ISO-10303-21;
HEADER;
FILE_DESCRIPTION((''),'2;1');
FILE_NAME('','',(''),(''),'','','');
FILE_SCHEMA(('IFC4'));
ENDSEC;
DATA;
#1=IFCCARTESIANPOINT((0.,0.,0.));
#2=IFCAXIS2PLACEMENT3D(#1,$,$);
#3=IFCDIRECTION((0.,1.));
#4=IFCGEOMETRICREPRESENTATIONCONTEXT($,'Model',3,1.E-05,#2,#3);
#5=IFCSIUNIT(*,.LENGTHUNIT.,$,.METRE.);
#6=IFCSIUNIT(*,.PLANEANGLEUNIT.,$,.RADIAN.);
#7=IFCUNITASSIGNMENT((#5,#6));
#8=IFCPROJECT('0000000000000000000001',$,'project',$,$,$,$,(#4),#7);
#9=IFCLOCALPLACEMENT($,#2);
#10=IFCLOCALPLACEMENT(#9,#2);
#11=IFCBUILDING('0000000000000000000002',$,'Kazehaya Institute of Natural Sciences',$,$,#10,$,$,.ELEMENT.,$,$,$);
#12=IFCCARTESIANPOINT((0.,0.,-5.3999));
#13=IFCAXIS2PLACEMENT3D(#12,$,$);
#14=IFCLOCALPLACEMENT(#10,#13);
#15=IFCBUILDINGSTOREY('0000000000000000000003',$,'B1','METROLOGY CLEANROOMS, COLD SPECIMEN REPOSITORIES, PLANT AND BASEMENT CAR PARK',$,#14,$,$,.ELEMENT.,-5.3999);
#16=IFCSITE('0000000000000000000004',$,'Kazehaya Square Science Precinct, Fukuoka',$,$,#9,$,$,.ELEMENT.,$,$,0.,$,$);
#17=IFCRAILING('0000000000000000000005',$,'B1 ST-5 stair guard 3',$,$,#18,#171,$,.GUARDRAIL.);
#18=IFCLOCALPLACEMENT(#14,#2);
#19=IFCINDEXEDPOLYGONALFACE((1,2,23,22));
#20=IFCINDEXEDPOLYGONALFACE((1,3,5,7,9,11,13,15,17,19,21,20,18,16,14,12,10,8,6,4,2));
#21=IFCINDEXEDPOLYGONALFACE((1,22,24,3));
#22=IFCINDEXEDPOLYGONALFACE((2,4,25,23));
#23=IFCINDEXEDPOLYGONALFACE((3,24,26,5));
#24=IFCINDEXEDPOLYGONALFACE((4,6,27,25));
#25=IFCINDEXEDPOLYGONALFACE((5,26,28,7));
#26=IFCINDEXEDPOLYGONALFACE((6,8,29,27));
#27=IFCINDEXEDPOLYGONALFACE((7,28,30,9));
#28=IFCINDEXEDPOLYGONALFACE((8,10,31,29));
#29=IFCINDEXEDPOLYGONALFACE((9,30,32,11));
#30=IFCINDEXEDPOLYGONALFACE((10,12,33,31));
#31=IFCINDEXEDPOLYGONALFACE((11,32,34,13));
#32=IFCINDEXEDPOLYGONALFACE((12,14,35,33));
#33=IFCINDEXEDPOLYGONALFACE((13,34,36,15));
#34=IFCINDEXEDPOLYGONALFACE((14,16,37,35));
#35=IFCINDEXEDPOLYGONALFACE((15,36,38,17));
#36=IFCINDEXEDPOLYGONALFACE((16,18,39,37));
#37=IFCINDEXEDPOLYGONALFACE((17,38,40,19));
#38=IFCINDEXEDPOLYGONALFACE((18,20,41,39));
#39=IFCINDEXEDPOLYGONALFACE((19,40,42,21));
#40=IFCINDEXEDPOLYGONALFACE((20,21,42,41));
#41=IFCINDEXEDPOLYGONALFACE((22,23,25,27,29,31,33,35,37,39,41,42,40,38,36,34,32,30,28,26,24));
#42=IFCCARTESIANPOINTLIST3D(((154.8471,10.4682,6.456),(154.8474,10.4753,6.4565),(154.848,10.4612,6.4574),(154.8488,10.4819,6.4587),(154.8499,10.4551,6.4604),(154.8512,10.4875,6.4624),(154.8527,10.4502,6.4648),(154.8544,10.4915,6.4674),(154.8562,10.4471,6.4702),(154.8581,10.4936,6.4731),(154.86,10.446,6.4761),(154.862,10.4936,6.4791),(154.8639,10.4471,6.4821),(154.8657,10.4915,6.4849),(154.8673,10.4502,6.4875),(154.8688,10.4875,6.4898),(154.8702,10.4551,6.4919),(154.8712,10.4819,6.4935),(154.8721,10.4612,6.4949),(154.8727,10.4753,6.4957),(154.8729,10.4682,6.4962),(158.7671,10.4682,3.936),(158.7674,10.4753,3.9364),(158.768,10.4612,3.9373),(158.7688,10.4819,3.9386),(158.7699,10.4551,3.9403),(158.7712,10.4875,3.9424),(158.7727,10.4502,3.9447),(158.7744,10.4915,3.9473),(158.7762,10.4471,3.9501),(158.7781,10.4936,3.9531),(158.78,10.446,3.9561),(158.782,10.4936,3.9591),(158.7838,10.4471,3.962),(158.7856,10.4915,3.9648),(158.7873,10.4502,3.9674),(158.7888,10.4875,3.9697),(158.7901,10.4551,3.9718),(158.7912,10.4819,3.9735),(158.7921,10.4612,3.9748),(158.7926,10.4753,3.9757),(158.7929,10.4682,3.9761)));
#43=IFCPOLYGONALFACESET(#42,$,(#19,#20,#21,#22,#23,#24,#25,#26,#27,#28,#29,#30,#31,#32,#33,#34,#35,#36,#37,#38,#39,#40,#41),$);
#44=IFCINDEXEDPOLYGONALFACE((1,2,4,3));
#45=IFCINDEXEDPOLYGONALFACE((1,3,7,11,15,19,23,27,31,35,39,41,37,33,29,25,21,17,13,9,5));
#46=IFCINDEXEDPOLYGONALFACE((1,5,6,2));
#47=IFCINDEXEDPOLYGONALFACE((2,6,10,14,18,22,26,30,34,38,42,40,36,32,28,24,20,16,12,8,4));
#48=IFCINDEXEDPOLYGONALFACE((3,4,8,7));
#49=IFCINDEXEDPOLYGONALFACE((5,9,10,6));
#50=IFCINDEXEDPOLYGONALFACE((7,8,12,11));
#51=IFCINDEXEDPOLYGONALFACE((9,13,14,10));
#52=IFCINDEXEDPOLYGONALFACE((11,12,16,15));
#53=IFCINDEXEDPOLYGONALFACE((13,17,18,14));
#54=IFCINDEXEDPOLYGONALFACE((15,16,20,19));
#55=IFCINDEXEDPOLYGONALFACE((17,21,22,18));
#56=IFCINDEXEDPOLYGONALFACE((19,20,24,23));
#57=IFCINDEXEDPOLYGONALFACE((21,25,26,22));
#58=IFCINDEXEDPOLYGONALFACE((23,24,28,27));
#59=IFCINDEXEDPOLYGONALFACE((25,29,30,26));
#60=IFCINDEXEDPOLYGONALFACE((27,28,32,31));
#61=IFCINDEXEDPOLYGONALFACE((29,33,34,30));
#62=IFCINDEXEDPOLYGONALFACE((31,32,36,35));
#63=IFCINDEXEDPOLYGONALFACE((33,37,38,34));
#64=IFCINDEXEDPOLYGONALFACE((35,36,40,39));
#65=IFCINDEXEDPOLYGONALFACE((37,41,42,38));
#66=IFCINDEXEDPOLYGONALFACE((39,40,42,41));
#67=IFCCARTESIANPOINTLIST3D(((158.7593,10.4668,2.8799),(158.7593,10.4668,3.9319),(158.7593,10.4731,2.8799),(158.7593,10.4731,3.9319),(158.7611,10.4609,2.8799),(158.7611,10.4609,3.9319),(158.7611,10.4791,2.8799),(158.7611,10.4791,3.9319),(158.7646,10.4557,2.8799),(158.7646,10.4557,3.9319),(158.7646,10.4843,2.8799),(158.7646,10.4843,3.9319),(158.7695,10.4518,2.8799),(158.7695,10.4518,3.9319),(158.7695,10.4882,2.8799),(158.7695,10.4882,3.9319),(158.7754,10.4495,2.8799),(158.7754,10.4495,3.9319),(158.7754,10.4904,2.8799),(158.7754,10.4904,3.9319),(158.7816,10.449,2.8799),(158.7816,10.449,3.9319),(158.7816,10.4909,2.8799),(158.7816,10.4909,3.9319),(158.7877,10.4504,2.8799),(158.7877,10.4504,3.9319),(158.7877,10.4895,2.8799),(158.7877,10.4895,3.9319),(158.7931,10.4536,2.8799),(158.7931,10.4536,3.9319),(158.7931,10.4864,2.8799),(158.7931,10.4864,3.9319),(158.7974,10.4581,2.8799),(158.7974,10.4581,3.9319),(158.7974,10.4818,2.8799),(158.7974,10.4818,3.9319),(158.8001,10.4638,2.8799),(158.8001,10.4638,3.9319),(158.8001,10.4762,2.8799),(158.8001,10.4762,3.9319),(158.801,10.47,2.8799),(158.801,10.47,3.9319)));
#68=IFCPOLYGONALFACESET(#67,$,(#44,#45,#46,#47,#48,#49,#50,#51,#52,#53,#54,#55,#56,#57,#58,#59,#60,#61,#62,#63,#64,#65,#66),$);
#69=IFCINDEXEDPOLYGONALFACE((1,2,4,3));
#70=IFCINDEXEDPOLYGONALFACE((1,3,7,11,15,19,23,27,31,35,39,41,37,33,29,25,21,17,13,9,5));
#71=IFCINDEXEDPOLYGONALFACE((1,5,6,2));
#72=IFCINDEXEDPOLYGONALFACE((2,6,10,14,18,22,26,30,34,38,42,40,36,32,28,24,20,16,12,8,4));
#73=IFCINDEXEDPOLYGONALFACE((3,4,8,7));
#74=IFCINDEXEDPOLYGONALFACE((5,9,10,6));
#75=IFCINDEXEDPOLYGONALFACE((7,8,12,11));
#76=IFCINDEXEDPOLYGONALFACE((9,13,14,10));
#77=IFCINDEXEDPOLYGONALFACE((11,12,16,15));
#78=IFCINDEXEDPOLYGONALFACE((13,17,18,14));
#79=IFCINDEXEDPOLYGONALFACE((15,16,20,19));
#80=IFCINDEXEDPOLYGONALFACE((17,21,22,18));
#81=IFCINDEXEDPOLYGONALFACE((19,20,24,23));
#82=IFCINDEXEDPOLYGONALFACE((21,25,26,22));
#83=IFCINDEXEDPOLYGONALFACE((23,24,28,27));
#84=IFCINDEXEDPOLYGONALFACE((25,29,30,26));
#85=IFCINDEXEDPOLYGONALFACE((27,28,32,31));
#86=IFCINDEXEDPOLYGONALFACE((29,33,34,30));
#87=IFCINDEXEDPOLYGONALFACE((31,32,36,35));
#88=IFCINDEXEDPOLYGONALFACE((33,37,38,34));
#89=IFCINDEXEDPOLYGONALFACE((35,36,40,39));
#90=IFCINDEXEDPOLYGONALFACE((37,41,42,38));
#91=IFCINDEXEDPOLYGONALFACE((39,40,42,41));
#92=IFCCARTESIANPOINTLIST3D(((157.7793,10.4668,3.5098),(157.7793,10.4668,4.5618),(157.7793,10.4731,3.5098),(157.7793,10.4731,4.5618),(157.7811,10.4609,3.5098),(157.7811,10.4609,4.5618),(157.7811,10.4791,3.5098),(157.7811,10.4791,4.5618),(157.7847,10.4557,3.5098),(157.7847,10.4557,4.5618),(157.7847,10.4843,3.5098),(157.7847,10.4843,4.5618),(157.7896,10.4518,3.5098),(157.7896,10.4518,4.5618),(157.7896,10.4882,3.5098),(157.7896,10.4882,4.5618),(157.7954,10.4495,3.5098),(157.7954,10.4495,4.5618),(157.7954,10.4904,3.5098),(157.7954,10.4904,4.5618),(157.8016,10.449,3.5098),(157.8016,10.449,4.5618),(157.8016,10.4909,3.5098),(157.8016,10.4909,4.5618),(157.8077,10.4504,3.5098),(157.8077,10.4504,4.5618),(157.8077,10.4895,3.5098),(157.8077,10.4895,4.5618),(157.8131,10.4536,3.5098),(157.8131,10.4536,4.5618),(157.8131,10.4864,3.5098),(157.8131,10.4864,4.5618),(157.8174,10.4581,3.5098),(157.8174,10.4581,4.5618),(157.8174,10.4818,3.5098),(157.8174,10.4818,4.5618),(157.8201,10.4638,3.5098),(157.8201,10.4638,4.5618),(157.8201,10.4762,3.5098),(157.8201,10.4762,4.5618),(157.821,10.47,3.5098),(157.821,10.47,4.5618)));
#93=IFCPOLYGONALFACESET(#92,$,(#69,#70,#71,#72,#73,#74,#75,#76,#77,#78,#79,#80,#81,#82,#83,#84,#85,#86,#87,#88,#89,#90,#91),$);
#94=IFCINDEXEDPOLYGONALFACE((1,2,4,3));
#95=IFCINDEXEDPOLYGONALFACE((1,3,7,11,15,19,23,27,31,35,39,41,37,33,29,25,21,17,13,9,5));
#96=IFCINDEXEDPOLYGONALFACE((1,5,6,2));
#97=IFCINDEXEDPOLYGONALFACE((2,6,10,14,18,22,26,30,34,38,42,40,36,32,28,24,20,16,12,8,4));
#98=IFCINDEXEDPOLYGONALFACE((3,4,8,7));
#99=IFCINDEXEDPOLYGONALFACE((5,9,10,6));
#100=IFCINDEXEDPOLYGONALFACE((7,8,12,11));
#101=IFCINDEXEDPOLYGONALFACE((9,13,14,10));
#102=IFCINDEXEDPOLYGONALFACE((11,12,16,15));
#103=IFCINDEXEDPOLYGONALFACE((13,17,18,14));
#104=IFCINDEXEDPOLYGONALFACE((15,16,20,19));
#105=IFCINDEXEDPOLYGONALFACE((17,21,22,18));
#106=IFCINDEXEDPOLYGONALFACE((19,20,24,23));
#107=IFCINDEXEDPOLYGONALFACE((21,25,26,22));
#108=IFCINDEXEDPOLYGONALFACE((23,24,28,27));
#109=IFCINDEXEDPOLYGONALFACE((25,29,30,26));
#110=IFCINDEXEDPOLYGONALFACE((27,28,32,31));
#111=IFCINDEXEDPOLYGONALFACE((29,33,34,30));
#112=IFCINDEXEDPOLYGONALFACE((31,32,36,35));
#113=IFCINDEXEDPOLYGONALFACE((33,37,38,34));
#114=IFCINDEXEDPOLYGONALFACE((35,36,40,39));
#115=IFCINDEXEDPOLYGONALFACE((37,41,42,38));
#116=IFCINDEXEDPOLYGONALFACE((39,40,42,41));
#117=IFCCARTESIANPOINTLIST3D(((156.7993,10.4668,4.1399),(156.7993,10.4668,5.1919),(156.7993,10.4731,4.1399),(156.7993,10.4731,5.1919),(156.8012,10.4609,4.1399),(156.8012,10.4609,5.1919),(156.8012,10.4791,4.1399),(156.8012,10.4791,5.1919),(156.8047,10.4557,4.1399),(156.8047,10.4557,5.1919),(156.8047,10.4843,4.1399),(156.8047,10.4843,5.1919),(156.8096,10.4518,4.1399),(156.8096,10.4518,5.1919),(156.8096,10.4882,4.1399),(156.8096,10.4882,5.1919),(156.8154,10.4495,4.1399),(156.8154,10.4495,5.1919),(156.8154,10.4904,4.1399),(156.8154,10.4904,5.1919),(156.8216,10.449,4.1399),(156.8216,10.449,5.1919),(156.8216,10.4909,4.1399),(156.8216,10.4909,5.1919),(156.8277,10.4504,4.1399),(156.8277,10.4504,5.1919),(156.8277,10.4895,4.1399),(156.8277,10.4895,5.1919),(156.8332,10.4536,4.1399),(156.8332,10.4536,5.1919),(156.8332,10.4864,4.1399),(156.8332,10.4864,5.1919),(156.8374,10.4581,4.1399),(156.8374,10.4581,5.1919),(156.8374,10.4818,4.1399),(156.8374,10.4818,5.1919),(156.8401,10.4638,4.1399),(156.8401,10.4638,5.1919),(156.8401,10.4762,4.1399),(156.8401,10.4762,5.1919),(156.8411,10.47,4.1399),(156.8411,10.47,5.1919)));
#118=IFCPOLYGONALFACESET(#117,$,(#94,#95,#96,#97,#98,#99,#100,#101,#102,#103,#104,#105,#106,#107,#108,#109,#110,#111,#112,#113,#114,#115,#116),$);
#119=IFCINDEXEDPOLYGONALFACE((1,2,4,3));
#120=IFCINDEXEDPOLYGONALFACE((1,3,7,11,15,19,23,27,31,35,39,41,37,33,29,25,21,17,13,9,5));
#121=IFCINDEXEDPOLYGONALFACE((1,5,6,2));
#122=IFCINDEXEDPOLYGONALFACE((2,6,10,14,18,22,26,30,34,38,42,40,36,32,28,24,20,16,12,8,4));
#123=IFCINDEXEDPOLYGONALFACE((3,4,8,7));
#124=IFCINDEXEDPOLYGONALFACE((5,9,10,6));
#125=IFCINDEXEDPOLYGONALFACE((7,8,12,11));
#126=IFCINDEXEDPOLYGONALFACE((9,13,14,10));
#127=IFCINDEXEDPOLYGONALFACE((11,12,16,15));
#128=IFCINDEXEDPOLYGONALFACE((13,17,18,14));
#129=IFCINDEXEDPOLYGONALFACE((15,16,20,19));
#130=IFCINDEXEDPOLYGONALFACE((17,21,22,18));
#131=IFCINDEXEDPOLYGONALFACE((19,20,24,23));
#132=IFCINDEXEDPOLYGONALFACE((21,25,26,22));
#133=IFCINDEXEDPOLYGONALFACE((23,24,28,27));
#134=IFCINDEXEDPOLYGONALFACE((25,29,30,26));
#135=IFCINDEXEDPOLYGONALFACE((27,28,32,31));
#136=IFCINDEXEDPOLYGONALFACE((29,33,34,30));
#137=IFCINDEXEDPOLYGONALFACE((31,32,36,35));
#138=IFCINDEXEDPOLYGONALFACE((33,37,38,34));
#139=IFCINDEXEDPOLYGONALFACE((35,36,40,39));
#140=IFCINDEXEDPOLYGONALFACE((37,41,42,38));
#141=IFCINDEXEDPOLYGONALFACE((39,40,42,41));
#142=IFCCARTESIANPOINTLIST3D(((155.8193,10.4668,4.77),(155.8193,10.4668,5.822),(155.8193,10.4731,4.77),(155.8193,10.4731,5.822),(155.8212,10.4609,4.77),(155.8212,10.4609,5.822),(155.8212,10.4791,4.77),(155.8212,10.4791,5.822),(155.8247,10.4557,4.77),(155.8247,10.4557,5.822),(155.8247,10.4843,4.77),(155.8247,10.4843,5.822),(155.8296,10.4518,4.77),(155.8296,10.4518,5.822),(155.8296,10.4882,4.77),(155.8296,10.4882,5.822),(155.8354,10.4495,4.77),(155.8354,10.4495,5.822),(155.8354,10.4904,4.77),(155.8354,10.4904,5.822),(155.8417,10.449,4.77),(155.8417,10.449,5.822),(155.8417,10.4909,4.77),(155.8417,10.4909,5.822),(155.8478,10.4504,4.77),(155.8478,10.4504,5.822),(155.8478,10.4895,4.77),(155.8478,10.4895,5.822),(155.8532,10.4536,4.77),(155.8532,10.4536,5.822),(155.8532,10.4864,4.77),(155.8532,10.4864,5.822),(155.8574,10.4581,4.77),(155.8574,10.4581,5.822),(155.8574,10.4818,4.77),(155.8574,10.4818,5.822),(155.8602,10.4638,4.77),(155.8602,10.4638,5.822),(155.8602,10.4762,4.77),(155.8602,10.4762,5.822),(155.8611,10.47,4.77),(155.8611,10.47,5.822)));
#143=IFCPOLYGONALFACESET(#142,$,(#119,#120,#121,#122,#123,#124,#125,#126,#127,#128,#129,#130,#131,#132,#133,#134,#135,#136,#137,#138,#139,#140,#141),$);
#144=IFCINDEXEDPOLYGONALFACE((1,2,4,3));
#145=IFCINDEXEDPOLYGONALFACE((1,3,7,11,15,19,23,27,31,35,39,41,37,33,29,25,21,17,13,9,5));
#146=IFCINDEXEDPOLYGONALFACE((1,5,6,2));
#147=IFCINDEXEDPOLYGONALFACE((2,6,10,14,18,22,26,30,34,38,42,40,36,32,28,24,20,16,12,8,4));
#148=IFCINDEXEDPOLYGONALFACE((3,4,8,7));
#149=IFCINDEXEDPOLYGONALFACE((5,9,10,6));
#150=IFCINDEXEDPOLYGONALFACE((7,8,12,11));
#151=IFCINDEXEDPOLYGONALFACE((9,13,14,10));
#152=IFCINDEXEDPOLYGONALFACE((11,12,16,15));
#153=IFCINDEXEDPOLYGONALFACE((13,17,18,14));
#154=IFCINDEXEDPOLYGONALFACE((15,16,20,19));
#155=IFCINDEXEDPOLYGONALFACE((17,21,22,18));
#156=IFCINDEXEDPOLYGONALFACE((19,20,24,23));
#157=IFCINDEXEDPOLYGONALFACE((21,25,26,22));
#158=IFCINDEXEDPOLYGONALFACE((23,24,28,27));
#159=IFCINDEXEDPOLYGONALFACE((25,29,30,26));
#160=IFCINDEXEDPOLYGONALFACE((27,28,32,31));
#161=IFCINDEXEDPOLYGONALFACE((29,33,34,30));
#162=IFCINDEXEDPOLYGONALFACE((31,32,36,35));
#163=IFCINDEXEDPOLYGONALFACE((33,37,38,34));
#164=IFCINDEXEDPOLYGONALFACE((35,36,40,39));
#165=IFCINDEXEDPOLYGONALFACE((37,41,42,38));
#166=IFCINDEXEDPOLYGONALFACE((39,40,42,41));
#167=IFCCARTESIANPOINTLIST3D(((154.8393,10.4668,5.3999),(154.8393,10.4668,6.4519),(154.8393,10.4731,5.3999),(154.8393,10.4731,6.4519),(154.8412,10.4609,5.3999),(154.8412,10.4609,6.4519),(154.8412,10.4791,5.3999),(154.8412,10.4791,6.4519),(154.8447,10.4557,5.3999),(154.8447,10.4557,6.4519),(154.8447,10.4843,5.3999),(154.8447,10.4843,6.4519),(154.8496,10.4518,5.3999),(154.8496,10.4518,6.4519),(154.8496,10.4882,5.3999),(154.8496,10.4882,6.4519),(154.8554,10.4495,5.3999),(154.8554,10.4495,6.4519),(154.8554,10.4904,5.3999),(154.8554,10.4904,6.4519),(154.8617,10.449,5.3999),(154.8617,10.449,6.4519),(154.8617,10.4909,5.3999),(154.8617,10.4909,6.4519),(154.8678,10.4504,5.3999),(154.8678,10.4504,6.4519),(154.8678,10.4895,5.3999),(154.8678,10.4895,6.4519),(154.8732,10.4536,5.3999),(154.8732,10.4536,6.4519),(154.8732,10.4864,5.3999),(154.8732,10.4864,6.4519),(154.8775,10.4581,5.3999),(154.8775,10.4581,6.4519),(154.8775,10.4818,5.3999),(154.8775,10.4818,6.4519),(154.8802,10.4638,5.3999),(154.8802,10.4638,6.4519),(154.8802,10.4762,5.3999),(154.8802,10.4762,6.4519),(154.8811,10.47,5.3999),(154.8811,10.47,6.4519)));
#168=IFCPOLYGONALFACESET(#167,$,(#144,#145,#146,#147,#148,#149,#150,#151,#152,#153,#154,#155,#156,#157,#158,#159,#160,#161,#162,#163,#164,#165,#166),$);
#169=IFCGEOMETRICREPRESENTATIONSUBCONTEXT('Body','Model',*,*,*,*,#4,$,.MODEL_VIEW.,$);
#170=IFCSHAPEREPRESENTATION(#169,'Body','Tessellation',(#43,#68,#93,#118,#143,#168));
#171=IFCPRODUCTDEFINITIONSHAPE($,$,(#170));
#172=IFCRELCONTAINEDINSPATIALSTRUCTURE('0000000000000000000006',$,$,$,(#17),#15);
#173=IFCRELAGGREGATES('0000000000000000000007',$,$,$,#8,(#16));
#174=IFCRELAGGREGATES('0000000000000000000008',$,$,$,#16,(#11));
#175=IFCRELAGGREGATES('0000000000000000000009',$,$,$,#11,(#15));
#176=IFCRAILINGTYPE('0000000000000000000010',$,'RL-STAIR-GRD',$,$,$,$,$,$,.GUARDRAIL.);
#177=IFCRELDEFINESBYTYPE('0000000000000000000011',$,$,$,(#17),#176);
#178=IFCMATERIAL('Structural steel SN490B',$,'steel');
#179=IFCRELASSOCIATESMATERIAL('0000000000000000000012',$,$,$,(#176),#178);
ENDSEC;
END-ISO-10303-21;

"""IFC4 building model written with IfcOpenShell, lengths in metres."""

from ifc_helpers import new_model, si_unit, direction, frame, origin, origin_2d, place, context, subcontext, project, spatial, circle, extrude, material, type_object, element, save


model = new_model("IFC4")

# Units and contexts
model_context = context("Model", 3, precision=1e-05, world=origin(), true_north=direction((0.0, 1.0)))
body_context = subcontext(model_context, "Body", "Model", "MODEL_VIEW")
ifc_project = project(units=[si_unit("LENGTHUNIT", "METRE"), si_unit("PLANEANGLEUNIT", "RADIAN")], contexts=[model_context])

# Site, building, storey
site_placement = place(None, origin())
site = spatial("IfcSite", under=ifc_project, at=site_placement, Name="Kazehaya Square Science Precinct, Fukuoka", CompositionType="ELEMENT", RefElevation=0.0)
building_placement = place(site_placement, origin())
building = spatial("IfcBuilding", under=site, at=building_placement, Name="Kazehaya Institute of Natural Sciences", CompositionType="ELEMENT")
storey_placement = place(building_placement, frame((0.0, 0.0, -5.3999)))
storey = spatial("IfcBuildingStorey", under=building, at=storey_placement, Name="B1", Description="METROLOGY CLEANROOMS, COLD SPECIMEN REPOSITORIES, PLANT AND BASEMENT CAR PARK", CompositionType="ELEMENT", Elevation=-5.3999)

# Railing
ifc_material_1 = material(Name="Structural steel SN490B", Category="steel")
railing_type_1 = type_object("IfcRailingType", Name="RL-STAIR-GRD", PredefinedType="GUARDRAIL", material=ifc_material_1)
railing_1_placement = place(storey_placement, frame((158.78, 10.47, 2.8799)))
element("IfcRailing", 1, at=railing_1_placement, inside=storey, type_object=railing_type_1, Name="B1 ST-5 stair guard 3", PredefinedType="GUARDRAIL", context=body_context, shape_type="SweptSolid", body=[
    extrude(circle(Radius=0.0239, at=origin_2d()), frame((0.0, 0.0, 1.0762), z_axis=(-0.841172, 0.0, 0.540768), x_axis=(0.0, -1.0, 0.0)), (0.0, 0.0, 1.0), 4.6602),
    extrude(circle(Radius=0.021, at=origin_2d()), origin(), (0.0, 0.0, 1.0), 1.052),
    extrude(circle(Radius=0.021, at=origin_2d()), frame((-0.98, 0.0, 0.6299)), (0.0, 0.0, 1.0), 1.052),
    extrude(circle(Radius=0.021, at=origin_2d()), frame((-1.96, 0.0, 1.26)), (0.0, 0.0, 1.0), 1.052),
    extrude(circle(Radius=0.021, at=origin_2d()), frame((-2.9399, 0.0, 1.8901)), (0.0, 0.0, 1.0), 1.052),
    extrude(circle(Radius=0.021, at=origin_2d()), frame((-3.9199, 0.0, 2.52)), (0.0, 0.0, 1.0), 1.052),
])

save(model, "model.ifc")
